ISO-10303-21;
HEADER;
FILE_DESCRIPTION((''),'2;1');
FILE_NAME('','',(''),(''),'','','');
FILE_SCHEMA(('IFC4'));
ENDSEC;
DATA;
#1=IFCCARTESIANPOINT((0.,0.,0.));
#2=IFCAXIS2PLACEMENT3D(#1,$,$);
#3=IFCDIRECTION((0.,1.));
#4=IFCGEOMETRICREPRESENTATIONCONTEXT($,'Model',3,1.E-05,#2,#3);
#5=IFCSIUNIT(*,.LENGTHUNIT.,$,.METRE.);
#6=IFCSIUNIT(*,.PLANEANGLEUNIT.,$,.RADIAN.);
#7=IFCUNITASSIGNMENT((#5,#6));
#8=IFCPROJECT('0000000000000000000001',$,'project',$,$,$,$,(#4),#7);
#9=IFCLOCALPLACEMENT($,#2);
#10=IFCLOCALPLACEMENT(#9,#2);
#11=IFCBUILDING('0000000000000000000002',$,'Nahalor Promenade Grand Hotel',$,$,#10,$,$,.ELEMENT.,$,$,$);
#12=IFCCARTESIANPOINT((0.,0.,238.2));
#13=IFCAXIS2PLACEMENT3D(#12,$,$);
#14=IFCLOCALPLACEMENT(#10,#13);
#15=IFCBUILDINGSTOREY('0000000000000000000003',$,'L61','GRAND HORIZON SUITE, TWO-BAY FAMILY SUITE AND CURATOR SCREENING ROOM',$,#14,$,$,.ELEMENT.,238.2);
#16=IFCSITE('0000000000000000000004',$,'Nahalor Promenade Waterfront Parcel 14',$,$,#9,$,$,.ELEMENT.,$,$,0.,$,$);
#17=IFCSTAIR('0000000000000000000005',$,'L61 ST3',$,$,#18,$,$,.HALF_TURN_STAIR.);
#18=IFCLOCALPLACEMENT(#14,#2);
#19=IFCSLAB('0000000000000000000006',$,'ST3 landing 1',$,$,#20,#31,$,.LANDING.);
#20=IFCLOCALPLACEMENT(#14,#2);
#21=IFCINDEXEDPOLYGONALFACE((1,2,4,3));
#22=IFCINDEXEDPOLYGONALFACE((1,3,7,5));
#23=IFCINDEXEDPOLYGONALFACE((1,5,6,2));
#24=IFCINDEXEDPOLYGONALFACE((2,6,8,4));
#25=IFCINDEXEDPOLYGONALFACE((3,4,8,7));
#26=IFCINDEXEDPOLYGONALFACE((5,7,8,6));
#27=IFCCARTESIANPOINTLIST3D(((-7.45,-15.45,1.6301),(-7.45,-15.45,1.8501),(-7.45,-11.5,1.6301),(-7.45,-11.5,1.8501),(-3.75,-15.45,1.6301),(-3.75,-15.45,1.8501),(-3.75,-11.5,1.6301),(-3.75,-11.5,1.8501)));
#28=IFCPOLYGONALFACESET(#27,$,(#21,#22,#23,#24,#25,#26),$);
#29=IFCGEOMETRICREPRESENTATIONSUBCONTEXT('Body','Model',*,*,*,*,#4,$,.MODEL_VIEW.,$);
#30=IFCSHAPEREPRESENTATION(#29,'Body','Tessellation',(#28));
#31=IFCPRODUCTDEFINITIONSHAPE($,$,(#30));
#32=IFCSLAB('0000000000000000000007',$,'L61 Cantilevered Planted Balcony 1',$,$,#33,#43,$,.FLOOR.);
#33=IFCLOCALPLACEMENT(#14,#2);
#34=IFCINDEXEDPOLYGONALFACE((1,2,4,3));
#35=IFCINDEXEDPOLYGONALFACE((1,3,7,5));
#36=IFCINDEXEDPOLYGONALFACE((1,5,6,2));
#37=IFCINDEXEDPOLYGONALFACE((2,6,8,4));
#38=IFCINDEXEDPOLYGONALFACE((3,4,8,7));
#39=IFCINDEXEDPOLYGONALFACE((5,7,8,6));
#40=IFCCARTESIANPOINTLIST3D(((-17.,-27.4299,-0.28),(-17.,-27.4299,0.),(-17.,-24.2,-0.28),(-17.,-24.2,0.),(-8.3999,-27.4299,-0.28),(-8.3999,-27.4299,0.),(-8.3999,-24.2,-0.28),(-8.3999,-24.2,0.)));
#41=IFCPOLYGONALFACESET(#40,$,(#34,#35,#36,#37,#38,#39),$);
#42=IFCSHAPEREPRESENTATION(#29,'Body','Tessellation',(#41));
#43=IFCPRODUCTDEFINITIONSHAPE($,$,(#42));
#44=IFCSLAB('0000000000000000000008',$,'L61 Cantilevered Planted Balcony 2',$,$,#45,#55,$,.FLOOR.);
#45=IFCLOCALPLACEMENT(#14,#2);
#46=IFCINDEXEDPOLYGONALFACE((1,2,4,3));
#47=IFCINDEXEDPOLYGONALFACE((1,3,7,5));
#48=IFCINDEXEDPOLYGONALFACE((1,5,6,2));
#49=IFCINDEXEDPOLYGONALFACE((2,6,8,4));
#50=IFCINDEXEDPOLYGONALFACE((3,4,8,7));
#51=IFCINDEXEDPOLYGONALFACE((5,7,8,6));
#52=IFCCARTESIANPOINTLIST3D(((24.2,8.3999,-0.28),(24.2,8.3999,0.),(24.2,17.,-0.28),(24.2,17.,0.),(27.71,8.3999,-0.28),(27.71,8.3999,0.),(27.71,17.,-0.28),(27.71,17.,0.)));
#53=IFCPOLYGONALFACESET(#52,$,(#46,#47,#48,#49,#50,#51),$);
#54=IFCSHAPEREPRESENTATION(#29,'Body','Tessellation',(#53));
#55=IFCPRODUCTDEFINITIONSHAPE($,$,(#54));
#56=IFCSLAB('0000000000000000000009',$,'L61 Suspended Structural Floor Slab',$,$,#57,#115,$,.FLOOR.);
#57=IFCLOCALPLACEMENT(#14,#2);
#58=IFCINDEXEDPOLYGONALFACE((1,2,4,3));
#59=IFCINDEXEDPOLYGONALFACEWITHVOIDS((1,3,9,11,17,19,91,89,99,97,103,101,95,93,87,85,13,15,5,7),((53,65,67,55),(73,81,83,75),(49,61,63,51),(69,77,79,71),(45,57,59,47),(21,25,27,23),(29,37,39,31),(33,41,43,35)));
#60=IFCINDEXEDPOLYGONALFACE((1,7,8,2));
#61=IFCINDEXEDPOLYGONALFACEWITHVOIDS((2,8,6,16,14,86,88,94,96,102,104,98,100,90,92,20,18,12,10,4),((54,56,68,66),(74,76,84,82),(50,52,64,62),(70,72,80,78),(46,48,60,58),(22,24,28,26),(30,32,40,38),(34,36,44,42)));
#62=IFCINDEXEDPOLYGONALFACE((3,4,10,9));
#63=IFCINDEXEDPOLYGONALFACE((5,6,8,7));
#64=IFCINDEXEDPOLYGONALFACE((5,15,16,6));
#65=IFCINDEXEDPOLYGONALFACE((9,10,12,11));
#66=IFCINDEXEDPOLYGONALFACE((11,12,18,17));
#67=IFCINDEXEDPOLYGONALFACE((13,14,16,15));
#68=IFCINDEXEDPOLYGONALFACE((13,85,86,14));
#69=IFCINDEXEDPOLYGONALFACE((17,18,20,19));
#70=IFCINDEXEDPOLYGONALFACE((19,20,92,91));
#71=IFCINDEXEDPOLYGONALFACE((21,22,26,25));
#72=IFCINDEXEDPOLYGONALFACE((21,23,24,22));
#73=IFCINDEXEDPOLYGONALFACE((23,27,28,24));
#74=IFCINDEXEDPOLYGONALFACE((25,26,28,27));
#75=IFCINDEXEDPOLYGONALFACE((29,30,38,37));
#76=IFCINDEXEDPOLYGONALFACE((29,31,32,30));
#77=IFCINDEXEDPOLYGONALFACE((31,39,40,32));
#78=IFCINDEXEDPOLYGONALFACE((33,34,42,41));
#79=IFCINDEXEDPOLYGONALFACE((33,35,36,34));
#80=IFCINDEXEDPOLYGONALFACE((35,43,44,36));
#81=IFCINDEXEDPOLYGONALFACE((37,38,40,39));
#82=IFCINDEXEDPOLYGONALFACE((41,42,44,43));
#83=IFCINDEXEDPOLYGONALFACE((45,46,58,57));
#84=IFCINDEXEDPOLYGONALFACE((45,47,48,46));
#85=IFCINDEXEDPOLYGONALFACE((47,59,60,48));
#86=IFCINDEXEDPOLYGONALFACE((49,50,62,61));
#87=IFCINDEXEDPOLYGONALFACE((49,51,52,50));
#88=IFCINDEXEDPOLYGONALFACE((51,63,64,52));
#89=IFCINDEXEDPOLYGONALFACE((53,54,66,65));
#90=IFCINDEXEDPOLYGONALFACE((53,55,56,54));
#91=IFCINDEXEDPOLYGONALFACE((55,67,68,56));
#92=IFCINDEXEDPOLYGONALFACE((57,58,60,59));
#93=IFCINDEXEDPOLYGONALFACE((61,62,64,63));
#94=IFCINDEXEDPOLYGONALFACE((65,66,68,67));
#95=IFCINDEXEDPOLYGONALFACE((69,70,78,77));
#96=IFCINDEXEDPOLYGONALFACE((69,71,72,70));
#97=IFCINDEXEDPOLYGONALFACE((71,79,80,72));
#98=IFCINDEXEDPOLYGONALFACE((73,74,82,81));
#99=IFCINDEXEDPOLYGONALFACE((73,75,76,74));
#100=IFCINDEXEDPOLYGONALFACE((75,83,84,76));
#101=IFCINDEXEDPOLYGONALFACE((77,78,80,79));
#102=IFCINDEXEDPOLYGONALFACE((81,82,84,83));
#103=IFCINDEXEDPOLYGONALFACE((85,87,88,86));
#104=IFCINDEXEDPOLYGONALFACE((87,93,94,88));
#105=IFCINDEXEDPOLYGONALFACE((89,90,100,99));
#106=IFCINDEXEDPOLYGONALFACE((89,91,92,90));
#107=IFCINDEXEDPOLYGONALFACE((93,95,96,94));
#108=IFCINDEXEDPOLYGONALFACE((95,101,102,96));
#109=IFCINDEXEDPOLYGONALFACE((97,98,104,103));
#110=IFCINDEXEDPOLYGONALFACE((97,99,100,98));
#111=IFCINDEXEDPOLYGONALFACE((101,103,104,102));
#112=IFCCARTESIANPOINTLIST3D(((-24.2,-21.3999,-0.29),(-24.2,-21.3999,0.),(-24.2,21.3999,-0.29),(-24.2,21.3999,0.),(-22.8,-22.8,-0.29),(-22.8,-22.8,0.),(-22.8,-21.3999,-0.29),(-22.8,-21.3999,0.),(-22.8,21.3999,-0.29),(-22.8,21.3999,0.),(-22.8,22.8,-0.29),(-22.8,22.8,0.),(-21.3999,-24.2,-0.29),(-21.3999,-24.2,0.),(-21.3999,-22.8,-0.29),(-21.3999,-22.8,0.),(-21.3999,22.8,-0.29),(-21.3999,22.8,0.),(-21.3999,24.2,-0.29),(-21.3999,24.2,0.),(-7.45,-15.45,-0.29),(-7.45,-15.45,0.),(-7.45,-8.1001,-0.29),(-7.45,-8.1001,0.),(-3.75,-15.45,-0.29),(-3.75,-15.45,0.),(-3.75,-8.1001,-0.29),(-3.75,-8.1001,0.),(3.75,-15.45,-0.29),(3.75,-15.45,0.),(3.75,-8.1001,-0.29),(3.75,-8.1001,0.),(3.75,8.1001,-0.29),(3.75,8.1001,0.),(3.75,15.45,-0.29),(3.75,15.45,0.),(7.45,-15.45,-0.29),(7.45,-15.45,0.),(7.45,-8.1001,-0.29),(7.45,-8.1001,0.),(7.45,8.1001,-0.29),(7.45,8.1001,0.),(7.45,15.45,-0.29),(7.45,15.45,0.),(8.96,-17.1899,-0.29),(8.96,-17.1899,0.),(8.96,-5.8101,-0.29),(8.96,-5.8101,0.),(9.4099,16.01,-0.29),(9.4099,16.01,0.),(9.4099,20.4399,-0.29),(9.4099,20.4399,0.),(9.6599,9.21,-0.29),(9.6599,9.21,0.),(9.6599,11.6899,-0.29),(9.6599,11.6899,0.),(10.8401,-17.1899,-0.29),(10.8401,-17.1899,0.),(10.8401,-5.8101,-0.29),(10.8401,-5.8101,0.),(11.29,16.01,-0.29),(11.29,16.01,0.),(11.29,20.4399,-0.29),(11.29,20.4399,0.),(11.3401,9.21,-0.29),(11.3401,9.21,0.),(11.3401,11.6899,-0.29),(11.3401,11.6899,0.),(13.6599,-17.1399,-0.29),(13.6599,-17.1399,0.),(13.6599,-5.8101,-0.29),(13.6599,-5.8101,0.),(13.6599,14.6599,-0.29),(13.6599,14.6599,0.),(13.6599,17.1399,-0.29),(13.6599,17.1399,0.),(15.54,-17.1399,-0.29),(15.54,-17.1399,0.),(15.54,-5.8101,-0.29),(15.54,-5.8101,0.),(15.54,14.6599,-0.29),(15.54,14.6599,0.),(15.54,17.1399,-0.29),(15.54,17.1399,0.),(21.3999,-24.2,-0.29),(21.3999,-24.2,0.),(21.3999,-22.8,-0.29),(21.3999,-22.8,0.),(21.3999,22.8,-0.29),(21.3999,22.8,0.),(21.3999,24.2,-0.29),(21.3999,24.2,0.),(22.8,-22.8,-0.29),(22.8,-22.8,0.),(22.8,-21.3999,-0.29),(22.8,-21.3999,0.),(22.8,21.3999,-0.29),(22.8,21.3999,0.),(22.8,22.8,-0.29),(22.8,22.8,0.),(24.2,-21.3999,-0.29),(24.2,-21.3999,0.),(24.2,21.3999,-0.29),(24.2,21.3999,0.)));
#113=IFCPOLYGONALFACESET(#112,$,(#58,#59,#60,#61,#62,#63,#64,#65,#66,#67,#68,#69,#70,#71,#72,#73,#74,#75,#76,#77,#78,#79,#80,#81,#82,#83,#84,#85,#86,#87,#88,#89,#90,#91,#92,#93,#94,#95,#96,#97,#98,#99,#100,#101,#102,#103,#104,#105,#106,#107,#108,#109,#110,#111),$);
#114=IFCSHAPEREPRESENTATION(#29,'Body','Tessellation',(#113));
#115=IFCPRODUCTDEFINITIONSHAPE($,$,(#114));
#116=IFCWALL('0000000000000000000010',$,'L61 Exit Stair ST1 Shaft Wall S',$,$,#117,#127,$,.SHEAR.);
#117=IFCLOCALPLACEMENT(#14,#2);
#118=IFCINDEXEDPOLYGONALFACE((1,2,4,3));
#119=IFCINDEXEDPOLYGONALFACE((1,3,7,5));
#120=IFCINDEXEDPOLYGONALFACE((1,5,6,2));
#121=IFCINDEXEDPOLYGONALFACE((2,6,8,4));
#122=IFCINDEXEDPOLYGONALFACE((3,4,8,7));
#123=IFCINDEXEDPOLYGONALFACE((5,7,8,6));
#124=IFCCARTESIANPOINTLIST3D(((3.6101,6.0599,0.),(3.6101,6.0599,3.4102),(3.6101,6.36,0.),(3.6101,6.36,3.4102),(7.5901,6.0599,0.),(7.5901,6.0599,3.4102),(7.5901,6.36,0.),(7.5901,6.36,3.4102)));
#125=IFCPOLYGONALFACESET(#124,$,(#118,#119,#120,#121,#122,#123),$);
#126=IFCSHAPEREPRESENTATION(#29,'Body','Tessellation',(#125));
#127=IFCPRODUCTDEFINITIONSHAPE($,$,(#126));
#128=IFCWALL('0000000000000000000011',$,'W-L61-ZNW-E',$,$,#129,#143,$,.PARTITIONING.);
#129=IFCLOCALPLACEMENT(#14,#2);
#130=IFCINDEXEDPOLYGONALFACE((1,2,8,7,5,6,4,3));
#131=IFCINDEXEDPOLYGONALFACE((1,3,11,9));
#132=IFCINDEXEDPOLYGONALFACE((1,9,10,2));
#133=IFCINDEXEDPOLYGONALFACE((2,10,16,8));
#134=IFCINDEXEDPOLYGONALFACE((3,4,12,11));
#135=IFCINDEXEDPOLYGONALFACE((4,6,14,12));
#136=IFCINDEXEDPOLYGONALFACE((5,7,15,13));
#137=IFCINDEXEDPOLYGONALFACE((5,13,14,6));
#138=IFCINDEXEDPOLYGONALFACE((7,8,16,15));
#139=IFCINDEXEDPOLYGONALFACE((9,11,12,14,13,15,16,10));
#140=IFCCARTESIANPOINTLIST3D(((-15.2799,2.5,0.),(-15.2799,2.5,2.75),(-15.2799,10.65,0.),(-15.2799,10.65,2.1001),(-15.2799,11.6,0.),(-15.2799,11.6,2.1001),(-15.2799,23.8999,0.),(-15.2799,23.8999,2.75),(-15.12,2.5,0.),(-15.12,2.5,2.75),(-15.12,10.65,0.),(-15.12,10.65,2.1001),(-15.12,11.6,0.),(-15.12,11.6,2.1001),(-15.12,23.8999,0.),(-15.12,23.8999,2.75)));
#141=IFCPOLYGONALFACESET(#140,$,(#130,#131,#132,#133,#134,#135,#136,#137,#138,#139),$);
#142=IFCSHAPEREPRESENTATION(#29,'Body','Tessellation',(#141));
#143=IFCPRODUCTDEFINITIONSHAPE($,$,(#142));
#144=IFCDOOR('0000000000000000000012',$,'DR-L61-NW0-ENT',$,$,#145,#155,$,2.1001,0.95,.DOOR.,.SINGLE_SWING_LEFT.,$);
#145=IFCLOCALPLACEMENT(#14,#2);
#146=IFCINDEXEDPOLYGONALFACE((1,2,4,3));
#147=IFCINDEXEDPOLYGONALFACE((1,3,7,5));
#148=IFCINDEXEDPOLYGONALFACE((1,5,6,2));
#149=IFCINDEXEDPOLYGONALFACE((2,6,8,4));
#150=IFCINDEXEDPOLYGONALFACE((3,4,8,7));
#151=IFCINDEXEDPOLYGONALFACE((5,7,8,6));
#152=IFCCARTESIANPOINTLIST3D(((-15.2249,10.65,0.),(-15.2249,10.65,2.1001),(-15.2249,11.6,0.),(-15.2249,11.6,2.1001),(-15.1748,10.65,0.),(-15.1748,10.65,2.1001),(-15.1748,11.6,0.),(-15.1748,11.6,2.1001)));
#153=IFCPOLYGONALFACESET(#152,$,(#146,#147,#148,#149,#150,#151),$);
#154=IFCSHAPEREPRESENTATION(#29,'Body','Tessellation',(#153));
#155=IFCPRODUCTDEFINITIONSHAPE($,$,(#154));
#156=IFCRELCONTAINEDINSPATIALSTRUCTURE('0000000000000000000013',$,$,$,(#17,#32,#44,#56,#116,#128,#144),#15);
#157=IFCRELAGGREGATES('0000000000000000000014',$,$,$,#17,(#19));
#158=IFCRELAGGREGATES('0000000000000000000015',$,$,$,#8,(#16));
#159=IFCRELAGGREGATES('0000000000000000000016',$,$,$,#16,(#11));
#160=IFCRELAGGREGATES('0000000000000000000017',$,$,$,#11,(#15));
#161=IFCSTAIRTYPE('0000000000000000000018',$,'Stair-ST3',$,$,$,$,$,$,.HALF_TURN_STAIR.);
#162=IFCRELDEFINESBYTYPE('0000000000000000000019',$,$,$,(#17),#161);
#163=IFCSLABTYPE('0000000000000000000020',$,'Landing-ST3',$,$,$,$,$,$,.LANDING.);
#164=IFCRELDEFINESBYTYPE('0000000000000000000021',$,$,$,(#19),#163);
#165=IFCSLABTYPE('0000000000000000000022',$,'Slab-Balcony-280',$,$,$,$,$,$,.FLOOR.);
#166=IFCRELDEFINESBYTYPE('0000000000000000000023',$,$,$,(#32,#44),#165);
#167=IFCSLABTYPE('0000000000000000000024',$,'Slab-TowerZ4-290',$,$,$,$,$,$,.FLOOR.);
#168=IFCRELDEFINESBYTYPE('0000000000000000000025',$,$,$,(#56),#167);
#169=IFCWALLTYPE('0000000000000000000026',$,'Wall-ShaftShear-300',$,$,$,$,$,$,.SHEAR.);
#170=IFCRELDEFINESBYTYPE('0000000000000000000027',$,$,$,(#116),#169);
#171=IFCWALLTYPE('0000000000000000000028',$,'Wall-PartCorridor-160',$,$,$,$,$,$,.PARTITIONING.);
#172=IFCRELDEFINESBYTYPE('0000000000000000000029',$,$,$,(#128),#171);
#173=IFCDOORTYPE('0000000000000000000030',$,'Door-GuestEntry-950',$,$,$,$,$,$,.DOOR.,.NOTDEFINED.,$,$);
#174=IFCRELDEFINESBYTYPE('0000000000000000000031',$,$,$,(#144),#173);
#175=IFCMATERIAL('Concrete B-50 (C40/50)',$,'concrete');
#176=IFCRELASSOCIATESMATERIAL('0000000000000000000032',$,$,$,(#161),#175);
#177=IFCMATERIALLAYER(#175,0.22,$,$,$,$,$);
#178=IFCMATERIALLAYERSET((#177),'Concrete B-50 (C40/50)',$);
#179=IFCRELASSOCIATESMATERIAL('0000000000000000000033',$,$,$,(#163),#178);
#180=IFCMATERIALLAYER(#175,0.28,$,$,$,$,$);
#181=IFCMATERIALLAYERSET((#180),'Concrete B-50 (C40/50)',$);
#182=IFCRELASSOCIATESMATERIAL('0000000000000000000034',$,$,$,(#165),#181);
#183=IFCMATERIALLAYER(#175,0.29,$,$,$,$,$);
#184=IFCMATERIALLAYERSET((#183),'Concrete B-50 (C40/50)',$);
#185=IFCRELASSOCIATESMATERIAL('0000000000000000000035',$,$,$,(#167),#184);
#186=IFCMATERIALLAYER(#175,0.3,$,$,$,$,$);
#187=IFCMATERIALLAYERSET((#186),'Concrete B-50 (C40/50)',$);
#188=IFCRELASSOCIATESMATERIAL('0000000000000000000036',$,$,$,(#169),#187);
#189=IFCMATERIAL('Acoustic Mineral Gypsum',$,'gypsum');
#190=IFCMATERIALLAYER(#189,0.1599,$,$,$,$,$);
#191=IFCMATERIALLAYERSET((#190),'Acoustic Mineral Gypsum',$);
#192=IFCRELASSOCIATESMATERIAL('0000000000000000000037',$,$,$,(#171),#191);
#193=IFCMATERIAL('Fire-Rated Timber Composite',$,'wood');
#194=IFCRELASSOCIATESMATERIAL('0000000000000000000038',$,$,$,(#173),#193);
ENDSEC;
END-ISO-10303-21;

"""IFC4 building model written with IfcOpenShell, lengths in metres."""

from ifc_helpers import new_model, si_unit, direction, frame, frame_2d, origin, place, context, subcontext, project, spatial, polyline, rectangle, outline, extrude, source, transform, mapped, material, layer, layer_set, type_object, element, fill, aggregate, save


model = new_model("IFC4")

# Units and contexts
model_context = context("Model", 3, precision=1e-05, world=origin(), true_north=direction((0.0, 1.0)))
body_context = subcontext(model_context, "Body", "Model", "MODEL_VIEW")
ifc_project = project(units=[si_unit("LENGTHUNIT", "METRE"), si_unit("PLANEANGLEUNIT", "RADIAN")], contexts=[model_context])

# Site, building, storey
site_placement = place(None, origin())
site = spatial("IfcSite", under=ifc_project, at=site_placement, Name="Nahalor Promenade Waterfront Parcel 14", CompositionType="ELEMENT", RefElevation=0.0)
building_placement = place(site_placement, origin())
building = spatial("IfcBuilding", under=site, at=building_placement, Name="Nahalor Promenade Grand Hotel", CompositionType="ELEMENT")
storey_placement = place(building_placement, frame((0.0, 0.0, 238.2)))
storey = spatial("IfcBuildingStorey", under=building, at=storey_placement, Name="L61", Description="GRAND HORIZON SUITE, TWO-BAY FAMILY SUITE AND CURATOR SCREENING ROOM", CompositionType="ELEMENT", Elevation=238.2)

# Stair, slab
ifc_material_1 = material(Name="Concrete B-50 (C40/50)", Category="concrete")
stair_type_1 = type_object("IfcStairType", Name="Stair-ST3", PredefinedType="HALF_TURN_STAIR", material=ifc_material_1)
stair_1_placement = place(storey_placement, origin())
stair_1 = element("IfcStair", 1, at=stair_1_placement, inside=storey, type_object=stair_type_1, Name="L61 ST3", PredefinedType="HALF_TURN_STAIR")
ifc_layer_1 = layer(ifc_material_1, 0.22)
ifc_layer_set_1 = layer_set([ifc_layer_1], Name="Concrete B-50 (C40/50)")
slab_type_1 = type_object("IfcSlabType", Name="Landing-ST3", PredefinedType="LANDING", material=ifc_layer_set_1)
slab_1_placement = place(storey_placement, frame((0.0, 0.0, 1.6301)))
slab_1 = element("IfcSlab", 2, at=slab_1_placement, type_object=slab_type_1, Name="ST3 landing 1", PredefinedType="LANDING", context=body_context, shape_type="SweptSolid", body=[
    extrude(outline(polyline([(-7.45, -11.5), (-7.45, -15.45), (-3.75, -15.45), (-3.75, -11.5), (-7.45, -11.5)])), origin(), (0.0, 0.0, 1.0), 0.22),
])
aggregate(stair_1, [slab_1])

# Slabs
ifc_layer_2 = layer(ifc_material_1, 0.28)
ifc_layer_set_2 = layer_set([ifc_layer_2], Name="Concrete B-50 (C40/50)")
slab_type_2 = type_object("IfcSlabType", Name="Slab-Balcony-280", PredefinedType="FLOOR", material=ifc_layer_set_2)
slab_2_placement = place(storey_placement, frame((0.0, 0.0, -0.28)))
element("IfcSlab", 3, at=slab_2_placement, inside=storey, type_object=slab_type_2, Name="L61 Cantilevered Planted Balcony 1", PredefinedType="FLOOR", context=body_context, shape_type="SweptSolid", body=[
    extrude(outline(polyline([(-17.0, -27.4299), (-8.3999, -27.4299), (-8.3999, -24.2), (-17.0, -24.2), (-17.0, -27.4299)])), origin(), (0.0, 0.0, 1.0), 0.28),
])
slab_3_placement = place(storey_placement, frame((0.0, 0.0, -0.28)))
element("IfcSlab", 4, at=slab_3_placement, inside=storey, type_object=slab_type_2, Name="L61 Cantilevered Planted Balcony 2", PredefinedType="FLOOR", context=body_context, shape_type="SweptSolid", body=[
    extrude(outline(polyline([(24.2, 8.3999), (27.71, 8.3999), (27.71, 17.0), (24.2, 17.0), (24.2, 8.3999)])), origin(), (0.0, 0.0, 1.0), 0.28),
])
ifc_layer_3 = layer(ifc_material_1, 0.29)
ifc_layer_set_3 = layer_set([ifc_layer_3], Name="Concrete B-50 (C40/50)")
slab_type_3 = type_object("IfcSlabType", Name="Slab-TowerZ4-290", PredefinedType="FLOOR", material=ifc_layer_set_3)
slab_4_placement = place(storey_placement, frame((0.0, 0.0, -0.29)))
element("IfcSlab", 5, at=slab_4_placement, inside=storey, type_object=slab_type_3, Name="L61 Suspended Structural Floor Slab", PredefinedType="FLOOR", context=body_context, shape_type="SweptSolid", body=[
    extrude(outline(polyline([(-21.3999, -24.2), (21.3999, -24.2), (21.3999, -22.8), (22.8, -22.8), (22.8, -21.3999), (24.2, -21.3999), (24.2, 21.3999), (22.8, 21.3999), (22.8, 22.8), (21.3999, 22.8), (21.3999, 24.2), (-21.3999, 24.2), (-21.3999, 22.8), (-22.8, 22.8), (-22.8, 21.3999), (-24.2, 21.3999), (-24.2, -21.3999), (-22.8, -21.3999), (-22.8, -22.8), (-21.3999, -22.8), (-21.3999, -24.2)]), holes=[polyline([(3.75, 8.1001), (7.45, 8.1001), (7.45, 15.45), (3.75, 15.45), (3.75, 8.1001)]), polyline([(3.75, -15.45), (7.45, -15.45), (7.45, -8.1001), (3.75, -8.1001), (3.75, -15.45)]), polyline([(-7.45, -15.45), (-3.75, -15.45), (-3.75, -8.1001), (-7.45, -8.1001), (-7.45, -15.45)]), polyline([(13.6599, -17.1399), (15.54, -17.1399), (15.54, -5.8101), (13.6599, -5.8101), (13.6599, -17.1399)]), polyline([(8.96, -17.1899), (10.8401, -17.1899), (10.8401, -5.8101), (8.96, -5.8101), (8.96, -17.1899)]), polyline([(9.4099, 16.01), (11.29, 16.01), (11.29, 20.4399), (9.4099, 20.4399), (9.4099, 16.01)]), polyline([(9.6599, 9.21), (11.3401, 9.21), (11.3401, 11.6899), (9.6599, 11.6899), (9.6599, 9.21)]), polyline([(13.6599, 14.6599), (15.54, 14.6599), (15.54, 17.1399), (13.6599, 17.1399), (13.6599, 14.6599)])]), origin(), (0.0, 0.0, 1.0), 0.29),
])

# Wall
ifc_layer_4 = layer(ifc_material_1, 0.3)
ifc_layer_set_4 = layer_set([ifc_layer_4], Name="Concrete B-50 (C40/50)")
wall_type_1 = type_object("IfcWallType", Name="Wall-ShaftShear-300", PredefinedType="SHEAR", material=ifc_layer_set_4)
shared_shape_1 = source(origin(), body_context, "Body", "SweptSolid", [
    extrude(rectangle(XDim=3.98, YDim=0.3, at=frame_2d((1.99, 0.0))), origin(), (0.0, 0.0, 1.0), 3.4102),
])
wall_1_placement = place(storey_placement, frame((3.6101, 6.21, 0.0), z_axis=(0.0, 0.0, 1.0), x_axis=(1.0, 0.0, 0.0)))
element("IfcWall", 6, at=wall_1_placement, inside=storey, type_object=wall_type_1, Name="L61 Exit Stair ST1 Shaft Wall S", PredefinedType="SHEAR", context=body_context, shape_type="MappedRepresentation", body=[
    mapped(shared_shape_1, transform((0.0, 0.0, 0.0), scale=1.0)),
])

# Wall, opening, door
ifc_material_2 = material(Name="Acoustic Mineral Gypsum", Category="gypsum")
ifc_layer_5 = layer(ifc_material_2, 0.1599)
ifc_layer_set_5 = layer_set([ifc_layer_5], Name="Acoustic Mineral Gypsum")
wall_type_2 = type_object("IfcWallType", Name="Wall-PartCorridor-160", PredefinedType="PARTITIONING", material=ifc_layer_set_5)
shared_shape_2 = source(origin(), body_context, "Body", "SweptSolid", [
    extrude(rectangle(XDim=21.3999, YDim=0.1599, at=frame_2d((10.7, 0.0))), origin(), (0.0, 0.0, 1.0), 2.75),
])
wall_2_placement = place(storey_placement, frame((-15.2, 2.5, 0.0), z_axis=(0.0, 0.0, 1.0), x_axis=(0.0, 1.0, 0.0)))
wall_2 = element("IfcWall", 7, at=wall_2_placement, inside=storey, type_object=wall_type_2, Name="W-L61-ZNW-E", PredefinedType="PARTITIONING", context=body_context, shape_type="MappedRepresentation", body=[
    mapped(shared_shape_2, transform((0.0, 0.0, 0.0), scale=1.0)),
])
opening_1_placement = place(wall_2_placement, frame((8.1499, 0.0, 0.0)))
opening_1 = element("IfcOpeningElement", 8, at=opening_1_placement, cuts=wall_2, PredefinedType="OPENING", context=body_context, shape_type="SweptSolid", body=[
    extrude(rectangle(XDim=0.95, YDim=2.1001, at=frame_2d((0.4751, 1.05))), frame((0.0, 0.0898, 0.0), z_axis=(0.0, -1.0, 0.0), x_axis=(1.0, 0.0, 0.0)), (0.0, 0.0, 1.0), 0.1799),
])
ifc_material_3 = material(Name="Fire-Rated Timber Composite", Category="wood")
door_type_1 = type_object("IfcDoorType", Name="Door-GuestEntry-950", OperationType="NOTDEFINED", PredefinedType="DOOR", material=ifc_material_3)
shared_shape_3 = source(origin(), body_context, "Body", "SweptSolid", [
    extrude(rectangle(XDim=0.95, YDim=2.1001, at=frame_2d((0.4751, 1.05))), frame((0.0, 0.0249, 0.0), z_axis=(0.0, -1.0, 0.0), x_axis=(1.0, 0.0, 0.0)), (0.0, 0.0, 1.0), 0.05),
])
door_1_placement = place(opening_1_placement, origin())
door_1 = element("IfcDoor", 9, at=door_1_placement, inside=storey, type_object=door_type_1, Name="DR-L61-NW0-ENT", OperationType="SINGLE_SWING_LEFT", OverallHeight=2.1001, OverallWidth=0.95, PredefinedType="DOOR", context=body_context, shape_type="MappedRepresentation", body=[
    mapped(shared_shape_3, transform((0.0, 0.0, 0.0), scale=1.0)),
])
fill(opening_1, door_1)

save(model, "model.ifc")
